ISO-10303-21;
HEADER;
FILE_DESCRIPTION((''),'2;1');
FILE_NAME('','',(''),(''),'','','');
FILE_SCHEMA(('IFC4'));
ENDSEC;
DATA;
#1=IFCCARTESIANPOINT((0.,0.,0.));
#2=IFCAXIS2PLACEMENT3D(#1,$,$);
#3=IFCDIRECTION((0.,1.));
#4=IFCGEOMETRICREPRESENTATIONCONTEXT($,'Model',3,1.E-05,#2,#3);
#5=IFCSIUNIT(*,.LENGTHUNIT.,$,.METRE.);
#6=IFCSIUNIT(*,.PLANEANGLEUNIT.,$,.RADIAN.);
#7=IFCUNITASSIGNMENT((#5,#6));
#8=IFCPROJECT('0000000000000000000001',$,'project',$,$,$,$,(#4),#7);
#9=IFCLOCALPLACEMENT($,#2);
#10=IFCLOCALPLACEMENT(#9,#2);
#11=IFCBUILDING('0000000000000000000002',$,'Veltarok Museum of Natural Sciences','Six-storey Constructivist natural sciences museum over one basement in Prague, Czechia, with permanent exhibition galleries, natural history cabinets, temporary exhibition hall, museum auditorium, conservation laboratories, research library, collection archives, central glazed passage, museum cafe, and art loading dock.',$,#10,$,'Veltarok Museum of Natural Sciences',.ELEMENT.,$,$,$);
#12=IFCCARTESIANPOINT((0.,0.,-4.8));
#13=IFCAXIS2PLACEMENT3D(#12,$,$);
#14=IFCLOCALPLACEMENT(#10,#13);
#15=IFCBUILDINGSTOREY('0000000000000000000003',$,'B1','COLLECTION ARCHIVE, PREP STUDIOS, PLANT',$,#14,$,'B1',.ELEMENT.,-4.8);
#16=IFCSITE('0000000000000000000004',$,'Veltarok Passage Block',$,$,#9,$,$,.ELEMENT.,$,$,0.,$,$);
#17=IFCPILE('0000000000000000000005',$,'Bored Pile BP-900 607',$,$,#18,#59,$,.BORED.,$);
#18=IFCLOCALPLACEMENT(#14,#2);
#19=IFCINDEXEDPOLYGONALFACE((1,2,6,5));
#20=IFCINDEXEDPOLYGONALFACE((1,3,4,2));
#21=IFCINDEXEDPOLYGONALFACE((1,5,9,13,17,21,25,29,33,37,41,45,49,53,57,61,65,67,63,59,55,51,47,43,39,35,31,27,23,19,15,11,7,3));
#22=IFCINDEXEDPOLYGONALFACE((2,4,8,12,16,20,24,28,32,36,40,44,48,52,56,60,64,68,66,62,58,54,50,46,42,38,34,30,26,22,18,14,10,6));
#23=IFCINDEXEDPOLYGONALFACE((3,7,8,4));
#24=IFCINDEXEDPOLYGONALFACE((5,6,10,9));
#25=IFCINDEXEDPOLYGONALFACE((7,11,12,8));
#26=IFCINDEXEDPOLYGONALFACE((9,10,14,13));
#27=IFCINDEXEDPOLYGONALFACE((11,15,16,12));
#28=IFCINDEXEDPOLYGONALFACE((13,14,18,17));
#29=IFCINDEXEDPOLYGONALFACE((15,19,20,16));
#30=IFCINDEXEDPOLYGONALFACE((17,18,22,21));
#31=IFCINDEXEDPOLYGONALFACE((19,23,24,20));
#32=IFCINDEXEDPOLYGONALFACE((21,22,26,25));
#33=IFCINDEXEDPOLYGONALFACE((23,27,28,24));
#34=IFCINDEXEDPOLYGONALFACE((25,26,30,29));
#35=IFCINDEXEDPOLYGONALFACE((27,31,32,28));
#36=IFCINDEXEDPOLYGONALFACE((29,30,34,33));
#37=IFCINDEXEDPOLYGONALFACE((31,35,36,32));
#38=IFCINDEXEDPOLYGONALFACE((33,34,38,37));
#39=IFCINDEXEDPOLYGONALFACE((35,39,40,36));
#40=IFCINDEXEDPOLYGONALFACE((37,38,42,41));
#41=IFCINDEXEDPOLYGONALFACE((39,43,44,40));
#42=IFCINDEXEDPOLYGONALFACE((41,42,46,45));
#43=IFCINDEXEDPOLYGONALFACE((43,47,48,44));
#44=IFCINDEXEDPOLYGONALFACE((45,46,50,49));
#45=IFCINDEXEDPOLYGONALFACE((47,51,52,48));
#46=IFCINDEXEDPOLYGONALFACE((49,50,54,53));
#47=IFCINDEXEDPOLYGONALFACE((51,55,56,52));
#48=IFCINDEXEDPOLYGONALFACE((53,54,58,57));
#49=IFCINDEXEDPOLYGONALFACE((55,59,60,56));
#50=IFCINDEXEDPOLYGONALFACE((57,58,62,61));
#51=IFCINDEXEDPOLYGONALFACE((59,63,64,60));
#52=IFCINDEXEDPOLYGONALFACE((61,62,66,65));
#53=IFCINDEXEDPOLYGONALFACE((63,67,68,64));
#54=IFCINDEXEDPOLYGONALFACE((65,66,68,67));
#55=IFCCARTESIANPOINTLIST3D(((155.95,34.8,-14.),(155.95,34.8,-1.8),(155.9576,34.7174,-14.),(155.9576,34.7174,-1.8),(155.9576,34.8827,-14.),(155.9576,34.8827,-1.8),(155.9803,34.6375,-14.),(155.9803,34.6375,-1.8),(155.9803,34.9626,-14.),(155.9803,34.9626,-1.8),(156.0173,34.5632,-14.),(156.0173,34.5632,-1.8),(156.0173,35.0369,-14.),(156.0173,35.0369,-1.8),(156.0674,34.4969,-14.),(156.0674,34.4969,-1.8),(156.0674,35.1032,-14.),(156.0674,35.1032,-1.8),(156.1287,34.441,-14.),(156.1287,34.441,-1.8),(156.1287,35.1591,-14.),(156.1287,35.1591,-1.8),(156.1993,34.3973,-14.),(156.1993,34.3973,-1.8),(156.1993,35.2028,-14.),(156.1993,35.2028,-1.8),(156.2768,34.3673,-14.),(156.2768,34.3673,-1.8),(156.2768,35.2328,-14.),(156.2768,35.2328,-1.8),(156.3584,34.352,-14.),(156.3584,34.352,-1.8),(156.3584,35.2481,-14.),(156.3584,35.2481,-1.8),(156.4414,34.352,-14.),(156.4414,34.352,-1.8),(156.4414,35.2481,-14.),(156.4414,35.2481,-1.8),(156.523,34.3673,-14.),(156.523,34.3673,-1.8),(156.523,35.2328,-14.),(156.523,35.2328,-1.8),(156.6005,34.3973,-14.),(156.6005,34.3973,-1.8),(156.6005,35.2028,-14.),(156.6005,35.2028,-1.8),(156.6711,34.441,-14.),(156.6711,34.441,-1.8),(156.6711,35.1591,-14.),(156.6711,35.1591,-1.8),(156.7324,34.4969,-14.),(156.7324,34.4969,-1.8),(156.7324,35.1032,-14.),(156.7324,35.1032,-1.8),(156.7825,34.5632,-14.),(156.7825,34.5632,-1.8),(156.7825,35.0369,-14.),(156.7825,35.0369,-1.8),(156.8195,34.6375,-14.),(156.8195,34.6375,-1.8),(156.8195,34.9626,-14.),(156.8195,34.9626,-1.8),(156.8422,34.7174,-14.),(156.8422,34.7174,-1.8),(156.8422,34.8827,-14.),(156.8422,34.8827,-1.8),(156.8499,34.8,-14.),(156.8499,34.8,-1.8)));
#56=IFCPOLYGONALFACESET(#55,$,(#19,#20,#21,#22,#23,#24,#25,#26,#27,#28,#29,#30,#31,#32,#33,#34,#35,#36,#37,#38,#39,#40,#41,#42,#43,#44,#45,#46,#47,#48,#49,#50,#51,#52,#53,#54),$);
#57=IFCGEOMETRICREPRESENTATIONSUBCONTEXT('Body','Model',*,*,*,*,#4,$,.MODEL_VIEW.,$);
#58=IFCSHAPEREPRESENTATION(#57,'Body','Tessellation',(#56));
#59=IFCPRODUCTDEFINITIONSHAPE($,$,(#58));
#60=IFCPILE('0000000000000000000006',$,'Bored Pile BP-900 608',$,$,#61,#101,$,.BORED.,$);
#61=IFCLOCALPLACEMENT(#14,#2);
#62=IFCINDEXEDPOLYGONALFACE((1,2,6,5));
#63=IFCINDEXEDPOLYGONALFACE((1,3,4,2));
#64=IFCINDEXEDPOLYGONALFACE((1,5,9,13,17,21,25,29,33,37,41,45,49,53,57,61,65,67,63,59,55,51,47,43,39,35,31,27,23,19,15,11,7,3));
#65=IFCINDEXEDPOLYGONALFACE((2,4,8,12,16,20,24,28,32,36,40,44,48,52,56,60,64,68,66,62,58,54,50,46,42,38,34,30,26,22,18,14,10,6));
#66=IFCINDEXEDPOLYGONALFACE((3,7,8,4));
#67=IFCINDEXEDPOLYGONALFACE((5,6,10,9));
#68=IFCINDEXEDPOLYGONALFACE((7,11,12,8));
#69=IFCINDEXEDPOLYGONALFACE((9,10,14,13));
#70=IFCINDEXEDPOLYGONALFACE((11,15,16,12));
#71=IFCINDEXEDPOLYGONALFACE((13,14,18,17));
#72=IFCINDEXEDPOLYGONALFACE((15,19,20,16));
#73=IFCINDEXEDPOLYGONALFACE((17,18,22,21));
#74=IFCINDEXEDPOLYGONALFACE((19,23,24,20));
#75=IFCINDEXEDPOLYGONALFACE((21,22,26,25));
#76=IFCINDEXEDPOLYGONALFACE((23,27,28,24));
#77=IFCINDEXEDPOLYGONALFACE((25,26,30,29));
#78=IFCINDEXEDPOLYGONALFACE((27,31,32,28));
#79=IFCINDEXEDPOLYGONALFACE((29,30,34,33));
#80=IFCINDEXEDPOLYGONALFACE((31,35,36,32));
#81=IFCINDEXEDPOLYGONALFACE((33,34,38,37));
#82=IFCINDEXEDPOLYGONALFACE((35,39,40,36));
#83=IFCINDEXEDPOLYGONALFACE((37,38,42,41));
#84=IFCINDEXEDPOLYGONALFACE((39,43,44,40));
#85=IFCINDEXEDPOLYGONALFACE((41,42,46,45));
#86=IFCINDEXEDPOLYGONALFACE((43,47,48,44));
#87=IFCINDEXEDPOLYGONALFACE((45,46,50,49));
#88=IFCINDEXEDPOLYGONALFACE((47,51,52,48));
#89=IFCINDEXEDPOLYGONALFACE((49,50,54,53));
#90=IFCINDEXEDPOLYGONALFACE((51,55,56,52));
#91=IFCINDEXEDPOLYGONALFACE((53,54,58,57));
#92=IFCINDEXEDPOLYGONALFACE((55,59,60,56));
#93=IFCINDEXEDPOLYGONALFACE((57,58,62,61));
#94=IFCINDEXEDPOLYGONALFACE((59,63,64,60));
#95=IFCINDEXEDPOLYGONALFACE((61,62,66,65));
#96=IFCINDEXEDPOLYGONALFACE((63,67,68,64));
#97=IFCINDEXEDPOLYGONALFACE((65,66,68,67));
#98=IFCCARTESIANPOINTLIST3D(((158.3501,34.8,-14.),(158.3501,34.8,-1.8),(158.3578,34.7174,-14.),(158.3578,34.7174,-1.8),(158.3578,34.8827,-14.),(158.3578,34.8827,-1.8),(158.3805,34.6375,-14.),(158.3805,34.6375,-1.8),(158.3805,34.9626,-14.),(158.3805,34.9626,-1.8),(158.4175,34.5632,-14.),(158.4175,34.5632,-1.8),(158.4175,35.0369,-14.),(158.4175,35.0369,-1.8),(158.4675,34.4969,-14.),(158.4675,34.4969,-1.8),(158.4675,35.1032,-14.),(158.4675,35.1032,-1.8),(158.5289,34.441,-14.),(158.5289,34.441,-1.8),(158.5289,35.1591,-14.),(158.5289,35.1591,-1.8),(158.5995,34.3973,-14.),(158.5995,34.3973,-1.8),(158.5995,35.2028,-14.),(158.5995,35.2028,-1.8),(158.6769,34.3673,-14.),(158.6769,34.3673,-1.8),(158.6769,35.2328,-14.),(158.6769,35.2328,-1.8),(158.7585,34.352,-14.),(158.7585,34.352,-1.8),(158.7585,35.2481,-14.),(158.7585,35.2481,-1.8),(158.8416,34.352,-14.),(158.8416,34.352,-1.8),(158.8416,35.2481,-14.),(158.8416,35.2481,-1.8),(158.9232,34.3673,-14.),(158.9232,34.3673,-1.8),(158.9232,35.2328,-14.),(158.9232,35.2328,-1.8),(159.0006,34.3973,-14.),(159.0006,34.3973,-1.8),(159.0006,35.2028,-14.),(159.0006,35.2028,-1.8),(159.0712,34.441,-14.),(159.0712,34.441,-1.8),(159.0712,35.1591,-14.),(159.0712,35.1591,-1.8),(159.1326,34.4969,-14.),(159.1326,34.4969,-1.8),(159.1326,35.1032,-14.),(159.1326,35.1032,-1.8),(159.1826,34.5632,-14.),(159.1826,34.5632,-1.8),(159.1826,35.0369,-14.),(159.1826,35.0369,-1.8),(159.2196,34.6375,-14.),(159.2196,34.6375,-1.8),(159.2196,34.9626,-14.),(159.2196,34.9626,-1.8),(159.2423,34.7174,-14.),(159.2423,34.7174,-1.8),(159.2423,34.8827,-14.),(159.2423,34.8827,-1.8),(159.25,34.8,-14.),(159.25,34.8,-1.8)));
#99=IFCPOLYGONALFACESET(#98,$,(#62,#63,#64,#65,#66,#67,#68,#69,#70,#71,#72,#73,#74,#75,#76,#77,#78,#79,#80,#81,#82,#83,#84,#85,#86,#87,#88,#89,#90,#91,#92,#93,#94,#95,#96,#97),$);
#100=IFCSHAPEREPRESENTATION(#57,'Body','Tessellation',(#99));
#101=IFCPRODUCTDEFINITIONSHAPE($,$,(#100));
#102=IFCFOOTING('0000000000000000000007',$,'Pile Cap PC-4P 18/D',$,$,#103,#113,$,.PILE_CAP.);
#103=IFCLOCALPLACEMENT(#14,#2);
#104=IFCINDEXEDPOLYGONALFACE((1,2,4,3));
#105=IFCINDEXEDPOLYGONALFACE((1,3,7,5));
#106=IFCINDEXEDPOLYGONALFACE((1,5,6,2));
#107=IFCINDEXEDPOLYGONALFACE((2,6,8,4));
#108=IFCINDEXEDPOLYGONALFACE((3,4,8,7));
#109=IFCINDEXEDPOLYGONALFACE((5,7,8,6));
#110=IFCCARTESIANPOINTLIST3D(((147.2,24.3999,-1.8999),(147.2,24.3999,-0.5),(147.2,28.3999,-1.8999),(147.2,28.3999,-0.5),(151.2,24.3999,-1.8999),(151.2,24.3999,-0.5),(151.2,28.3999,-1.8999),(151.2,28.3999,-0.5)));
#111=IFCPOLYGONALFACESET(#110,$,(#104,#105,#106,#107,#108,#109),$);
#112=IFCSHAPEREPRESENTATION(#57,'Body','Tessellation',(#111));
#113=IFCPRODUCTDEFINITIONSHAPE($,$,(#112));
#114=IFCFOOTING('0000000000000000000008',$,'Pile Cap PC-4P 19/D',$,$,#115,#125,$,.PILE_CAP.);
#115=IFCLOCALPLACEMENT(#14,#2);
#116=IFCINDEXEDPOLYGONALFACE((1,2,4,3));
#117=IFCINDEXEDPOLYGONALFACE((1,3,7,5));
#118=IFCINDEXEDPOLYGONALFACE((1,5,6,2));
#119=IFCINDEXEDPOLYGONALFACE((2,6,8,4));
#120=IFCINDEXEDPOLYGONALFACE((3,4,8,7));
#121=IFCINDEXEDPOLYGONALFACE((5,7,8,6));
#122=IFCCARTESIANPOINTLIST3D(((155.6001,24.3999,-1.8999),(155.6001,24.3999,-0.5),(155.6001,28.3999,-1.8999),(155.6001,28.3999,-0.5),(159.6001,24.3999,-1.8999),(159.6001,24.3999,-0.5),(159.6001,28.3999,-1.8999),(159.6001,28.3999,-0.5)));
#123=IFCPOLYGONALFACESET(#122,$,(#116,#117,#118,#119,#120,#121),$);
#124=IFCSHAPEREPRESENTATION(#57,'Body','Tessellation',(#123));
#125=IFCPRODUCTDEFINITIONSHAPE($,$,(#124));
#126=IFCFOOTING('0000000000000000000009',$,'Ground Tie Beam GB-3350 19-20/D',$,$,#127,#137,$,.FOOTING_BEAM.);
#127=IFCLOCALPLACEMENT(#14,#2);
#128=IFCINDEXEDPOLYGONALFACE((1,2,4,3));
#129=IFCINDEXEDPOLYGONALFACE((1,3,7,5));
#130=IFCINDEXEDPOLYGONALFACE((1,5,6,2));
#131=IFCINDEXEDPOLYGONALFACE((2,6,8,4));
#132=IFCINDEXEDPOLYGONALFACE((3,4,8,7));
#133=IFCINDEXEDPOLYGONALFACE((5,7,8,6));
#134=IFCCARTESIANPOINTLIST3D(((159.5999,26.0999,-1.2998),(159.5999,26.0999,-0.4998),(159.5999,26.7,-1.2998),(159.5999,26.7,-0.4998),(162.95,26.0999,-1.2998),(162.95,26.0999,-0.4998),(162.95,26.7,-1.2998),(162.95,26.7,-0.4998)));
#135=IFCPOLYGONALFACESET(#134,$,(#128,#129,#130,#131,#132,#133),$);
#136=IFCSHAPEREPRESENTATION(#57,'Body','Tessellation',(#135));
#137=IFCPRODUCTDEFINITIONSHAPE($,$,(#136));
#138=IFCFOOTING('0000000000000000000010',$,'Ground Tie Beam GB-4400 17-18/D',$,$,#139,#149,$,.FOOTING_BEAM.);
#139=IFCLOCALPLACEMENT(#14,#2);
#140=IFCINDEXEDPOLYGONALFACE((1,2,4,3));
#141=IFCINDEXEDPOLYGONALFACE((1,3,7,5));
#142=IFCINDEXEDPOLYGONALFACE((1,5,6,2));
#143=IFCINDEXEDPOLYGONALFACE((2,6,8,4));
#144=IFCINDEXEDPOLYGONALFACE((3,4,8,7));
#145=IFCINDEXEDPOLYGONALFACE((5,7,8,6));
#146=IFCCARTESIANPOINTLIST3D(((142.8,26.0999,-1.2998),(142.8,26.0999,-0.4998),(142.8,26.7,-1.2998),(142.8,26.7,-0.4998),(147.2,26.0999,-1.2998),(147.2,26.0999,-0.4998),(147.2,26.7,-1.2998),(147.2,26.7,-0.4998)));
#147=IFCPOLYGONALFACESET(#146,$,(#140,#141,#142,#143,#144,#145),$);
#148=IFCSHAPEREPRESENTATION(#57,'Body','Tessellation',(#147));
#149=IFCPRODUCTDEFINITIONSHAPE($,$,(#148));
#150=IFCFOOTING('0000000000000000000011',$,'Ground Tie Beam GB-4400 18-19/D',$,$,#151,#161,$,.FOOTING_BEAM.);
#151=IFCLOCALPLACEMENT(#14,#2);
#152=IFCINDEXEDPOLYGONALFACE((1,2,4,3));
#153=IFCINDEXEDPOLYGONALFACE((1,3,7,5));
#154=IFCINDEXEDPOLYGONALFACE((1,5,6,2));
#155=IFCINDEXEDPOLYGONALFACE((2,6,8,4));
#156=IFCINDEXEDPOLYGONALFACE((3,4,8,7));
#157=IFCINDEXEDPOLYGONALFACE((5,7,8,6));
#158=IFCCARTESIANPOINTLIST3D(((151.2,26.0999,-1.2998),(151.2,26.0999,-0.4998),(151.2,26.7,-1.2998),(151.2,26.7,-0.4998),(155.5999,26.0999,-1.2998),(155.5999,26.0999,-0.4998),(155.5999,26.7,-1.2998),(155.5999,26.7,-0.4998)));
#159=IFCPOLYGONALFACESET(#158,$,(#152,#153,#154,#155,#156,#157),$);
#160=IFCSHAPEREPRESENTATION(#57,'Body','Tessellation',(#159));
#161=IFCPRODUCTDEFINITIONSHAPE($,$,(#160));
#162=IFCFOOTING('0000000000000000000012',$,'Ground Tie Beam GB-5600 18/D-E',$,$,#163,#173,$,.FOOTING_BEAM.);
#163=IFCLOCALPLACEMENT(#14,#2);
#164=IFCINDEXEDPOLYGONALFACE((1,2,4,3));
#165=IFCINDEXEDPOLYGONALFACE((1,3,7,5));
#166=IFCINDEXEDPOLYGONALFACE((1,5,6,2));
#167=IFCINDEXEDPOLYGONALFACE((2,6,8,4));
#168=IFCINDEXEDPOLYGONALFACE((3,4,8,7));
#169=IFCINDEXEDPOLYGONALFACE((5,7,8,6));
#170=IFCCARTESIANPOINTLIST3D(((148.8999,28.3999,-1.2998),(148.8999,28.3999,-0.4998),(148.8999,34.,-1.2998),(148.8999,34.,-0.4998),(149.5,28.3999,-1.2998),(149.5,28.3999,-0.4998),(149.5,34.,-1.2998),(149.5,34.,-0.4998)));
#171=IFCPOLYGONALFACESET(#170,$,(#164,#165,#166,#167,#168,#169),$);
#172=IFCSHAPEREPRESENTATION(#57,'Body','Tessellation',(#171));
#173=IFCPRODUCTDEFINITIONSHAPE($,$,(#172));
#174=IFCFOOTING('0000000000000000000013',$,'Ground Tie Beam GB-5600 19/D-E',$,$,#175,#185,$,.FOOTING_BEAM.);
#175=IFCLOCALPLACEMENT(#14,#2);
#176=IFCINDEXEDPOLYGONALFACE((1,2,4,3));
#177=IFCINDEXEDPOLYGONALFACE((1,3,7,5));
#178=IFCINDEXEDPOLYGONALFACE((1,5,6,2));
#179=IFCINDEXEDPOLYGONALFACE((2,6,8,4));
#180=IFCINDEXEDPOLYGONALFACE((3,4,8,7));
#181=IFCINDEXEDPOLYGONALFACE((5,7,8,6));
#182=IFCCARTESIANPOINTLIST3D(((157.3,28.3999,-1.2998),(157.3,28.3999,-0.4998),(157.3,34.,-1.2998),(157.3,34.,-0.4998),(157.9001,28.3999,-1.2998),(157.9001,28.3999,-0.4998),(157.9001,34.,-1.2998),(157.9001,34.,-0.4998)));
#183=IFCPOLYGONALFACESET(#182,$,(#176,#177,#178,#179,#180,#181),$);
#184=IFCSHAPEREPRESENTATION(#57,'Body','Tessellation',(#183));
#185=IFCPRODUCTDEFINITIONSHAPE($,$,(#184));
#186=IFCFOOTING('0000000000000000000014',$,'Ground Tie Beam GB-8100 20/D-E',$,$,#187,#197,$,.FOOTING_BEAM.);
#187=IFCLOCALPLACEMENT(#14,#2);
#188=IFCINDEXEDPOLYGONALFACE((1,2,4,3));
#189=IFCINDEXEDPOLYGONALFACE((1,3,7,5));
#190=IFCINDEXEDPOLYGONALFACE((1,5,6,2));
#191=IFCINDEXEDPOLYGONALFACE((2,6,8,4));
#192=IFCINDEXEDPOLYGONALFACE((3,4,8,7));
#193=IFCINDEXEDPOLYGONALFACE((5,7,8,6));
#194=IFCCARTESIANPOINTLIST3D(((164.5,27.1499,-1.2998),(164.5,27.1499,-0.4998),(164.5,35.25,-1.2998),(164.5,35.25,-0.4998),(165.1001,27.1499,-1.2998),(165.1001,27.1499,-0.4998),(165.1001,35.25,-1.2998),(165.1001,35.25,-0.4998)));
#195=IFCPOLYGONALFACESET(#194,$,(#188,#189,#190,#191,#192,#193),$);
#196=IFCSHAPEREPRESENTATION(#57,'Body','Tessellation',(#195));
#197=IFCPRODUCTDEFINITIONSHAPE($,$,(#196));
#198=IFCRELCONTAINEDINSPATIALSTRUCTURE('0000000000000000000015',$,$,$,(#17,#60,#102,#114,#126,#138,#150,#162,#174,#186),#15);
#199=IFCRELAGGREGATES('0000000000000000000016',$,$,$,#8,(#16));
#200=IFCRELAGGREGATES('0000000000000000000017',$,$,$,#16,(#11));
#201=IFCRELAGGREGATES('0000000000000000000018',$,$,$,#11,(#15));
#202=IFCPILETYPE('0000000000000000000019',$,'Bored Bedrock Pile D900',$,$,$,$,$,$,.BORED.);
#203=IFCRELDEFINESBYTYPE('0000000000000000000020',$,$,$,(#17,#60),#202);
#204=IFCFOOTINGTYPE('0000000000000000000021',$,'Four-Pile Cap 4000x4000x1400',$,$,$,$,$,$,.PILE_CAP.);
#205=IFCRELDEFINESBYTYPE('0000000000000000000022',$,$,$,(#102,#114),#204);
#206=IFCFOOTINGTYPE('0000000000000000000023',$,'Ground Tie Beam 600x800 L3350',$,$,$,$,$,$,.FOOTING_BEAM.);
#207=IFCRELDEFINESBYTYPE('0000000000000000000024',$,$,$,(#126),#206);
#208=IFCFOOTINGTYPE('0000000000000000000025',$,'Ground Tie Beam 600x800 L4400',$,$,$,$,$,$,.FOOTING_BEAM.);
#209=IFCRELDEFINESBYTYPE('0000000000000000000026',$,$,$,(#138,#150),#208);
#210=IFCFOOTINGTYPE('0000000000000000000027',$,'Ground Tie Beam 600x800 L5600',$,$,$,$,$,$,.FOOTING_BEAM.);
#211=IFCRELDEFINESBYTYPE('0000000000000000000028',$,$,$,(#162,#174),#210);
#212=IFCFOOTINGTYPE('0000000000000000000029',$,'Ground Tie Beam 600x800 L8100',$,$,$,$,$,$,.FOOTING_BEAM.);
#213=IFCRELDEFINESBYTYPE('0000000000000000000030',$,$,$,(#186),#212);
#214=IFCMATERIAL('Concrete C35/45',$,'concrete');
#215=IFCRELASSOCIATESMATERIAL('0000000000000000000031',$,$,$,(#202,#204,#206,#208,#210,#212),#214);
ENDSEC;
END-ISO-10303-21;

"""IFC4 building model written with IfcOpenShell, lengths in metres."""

from ifc_helpers import new_model, si_unit, direction, frame, origin, origin_2d, place, context, subcontext, project, spatial, rectangle, circle, extrude, material, material_profile, profile_set, type_object, element, save


model = new_model("IFC4")

# Units and contexts
model_context = context("Model", 3, precision=1e-05, world=origin(), true_north=direction((0.0, 1.0)))
body_context = subcontext(model_context, "Body", "Model", "MODEL_VIEW")
ifc_project = project(units=[si_unit("LENGTHUNIT", "METRE"), si_unit("PLANEANGLEUNIT", "RADIAN")], contexts=[model_context])

# Site, building, storey
site_placement = place(None, origin())
site = spatial("IfcSite", under=ifc_project, at=site_placement, Name="Veltarok Passage Block", CompositionType="ELEMENT", RefElevation=0.0)
building_placement = place(site_placement, origin())
building = spatial("IfcBuilding", under=site, at=building_placement, Name="Veltarok Museum of Natural Sciences", Description="Six-storey Constructivist natural sciences museum over one basement in Prague, Czechia, with permanent exhibition galleries, natural history cabinets, temporary exhibition hall, museum auditorium, conservation laboratories, research library, collection archives, central glazed passage, museum cafe, and art loading dock.", LongName="Veltarok Museum of Natural Sciences", CompositionType="ELEMENT")
storey_placement = place(building_placement, frame((0.0, 0.0, -4.8)))
storey = spatial("IfcBuildingStorey", under=building, at=storey_placement, Name="B1", Description="COLLECTION ARCHIVE, PREP STUDIOS, PLANT", LongName="B1", CompositionType="ELEMENT", Elevation=-4.8)

# Piles
ifc_material_1 = material(Name="Concrete C35/45", Category="concrete")
ifc_material_profile_1 = material_profile(ifc_material_1, circle(Radius=0.45, at=origin_2d()), Name="BP D900")
ifc_profile_set_1 = profile_set([ifc_material_profile_1], Name="Concrete C35/45")
pile_type_1 = type_object("IfcPileType", Name="Bored Bedrock Pile D900", PredefinedType="BORED", material=ifc_profile_set_1)
for number, where, z_axis, x_axis, name in (
    (1, (156.3999, 34.8, -1.8), (0.0, 0.0, -1.0), (1.0, 0.0, 0.0), "Bored Pile BP-900 607"),
    (2, (158.8, 34.8, -1.8), (0.0, 0.0, -1.0), (1.0, 0.0, 0.0), "Bored Pile BP-900 608"),
):
    element("IfcPile", number, at=place(storey_placement, frame(where, z_axis=z_axis, x_axis=x_axis)), inside=storey, type_object=pile_type_1, Name=name, PredefinedType="BORED", context=body_context, shape_type="SweptSolid", body=[
        extrude(circle(Radius=0.45, at=origin_2d()), origin(), (0.0, 0.0, 1.0), 12.2),
    ])

# Footings
footing_type_1 = type_object("IfcFootingType", Name="Four-Pile Cap 4000x4000x1400", PredefinedType="PILE_CAP", material=ifc_material_1)
for number, where, z_axis, x_axis, name in (
    (3, (149.2, 26.3999, -1.8999), (0.0, 0.0, 1.0), (1.0, 0.0, 0.0), "Pile Cap PC-4P 18/D"),
    (4, (157.6001, 26.3999, -1.8999), (0.0, 0.0, 1.0), (1.0, 0.0, 0.0), "Pile Cap PC-4P 19/D"),
):
    element("IfcFooting", number, at=place(storey_placement, frame(where, z_axis=z_axis, x_axis=x_axis)), inside=storey, type_object=footing_type_1, Name=name, PredefinedType="PILE_CAP", context=body_context, shape_type="SweptSolid", body=[
        extrude(rectangle(XDim=4.0, YDim=4.0, at=origin_2d()), origin(), (0.0, 0.0, 1.0), 1.3999),
    ])
footing_type_2 = type_object("IfcFootingType", Name="Ground Tie Beam 600x800 L3350", PredefinedType="FOOTING_BEAM", material=ifc_material_1)
footing_1_placement = place(storey_placement, frame((161.2749, 26.3999, -1.2998), z_axis=(0.0, 0.0, 1.0), x_axis=(1.0, 0.0, 0.0)))
element("IfcFooting", 5, at=footing_1_placement, inside=storey, type_object=footing_type_2, Name="Ground Tie Beam GB-3350 19-20/D", PredefinedType="FOOTING_BEAM", context=body_context, shape_type="SweptSolid", body=[
    extrude(rectangle(XDim=3.3501, YDim=0.6001, at=origin_2d()), origin(), (0.0, 0.0, 1.0), 0.8),
])
footing_type_3 = type_object("IfcFootingType", Name="Ground Tie Beam 600x800 L4400", PredefinedType="FOOTING_BEAM", material=ifc_material_1)
for number, where, z_axis, x_axis, name in (
    (6, (145.0, 26.3999, -1.2998), (0.0, 0.0, 1.0), (1.0, 0.0, 0.0), "Ground Tie Beam GB-4400 17-18/D"),
    (7, (153.3999, 26.3999, -1.2998), (0.0, 0.0, 1.0), (1.0, 0.0, 0.0), "Ground Tie Beam GB-4400 18-19/D"),
):
    element("IfcFooting", number, at=place(storey_placement, frame(where, z_axis=z_axis, x_axis=x_axis)), inside=storey, type_object=footing_type_3, Name=name, PredefinedType="FOOTING_BEAM", context=body_context, shape_type="SweptSolid", body=[
        extrude(rectangle(XDim=4.3999, YDim=0.6001, at=origin_2d()), origin(), (0.0, 0.0, 1.0), 0.8),
    ])
footing_type_4 = type_object("IfcFootingType", Name="Ground Tie Beam 600x800 L5600", PredefinedType="FOOTING_BEAM", material=ifc_material_1)
for number, where, z_axis, x_axis, name in (
    (8, (149.2, 31.2, -1.2998), (0.0, 0.0, 1.0), (0.0, 1.0, 0.0), "Ground Tie Beam GB-5600 18/D-E"),
    (9, (157.6001, 31.2, -1.2998), (0.0, 0.0, 1.0), (0.0, 1.0, 0.0), "Ground Tie Beam GB-5600 19/D-E"),
):
    element("IfcFooting", number, at=place(storey_placement, frame(where, z_axis=z_axis, x_axis=x_axis)), inside=storey, type_object=footing_type_4, Name=name, PredefinedType="FOOTING_BEAM", context=body_context, shape_type="SweptSolid", body=[
        extrude(rectangle(XDim=5.6001, YDim=0.6001, at=origin_2d()), origin(), (0.0, 0.0, 1.0), 0.8),
    ])
footing_type_5 = type_object("IfcFootingType", Name="Ground Tie Beam 600x800 L8100", PredefinedType="FOOTING_BEAM", material=ifc_material_1)
footing_2_placement = place(storey_placement, frame((164.8, 31.2, -1.2998), z_axis=(0.0, 0.0, 1.0), x_axis=(0.0, 1.0, 0.0)))
element("IfcFooting", 10, at=footing_2_placement, inside=storey, type_object=footing_type_5, Name="Ground Tie Beam GB-8100 20/D-E", PredefinedType="FOOTING_BEAM", context=body_context, shape_type="SweptSolid", body=[
    extrude(rectangle(XDim=8.1001, YDim=0.6001, at=origin_2d()), origin(), (0.0, 0.0, 1.0), 0.8),
])

save(model, "model.ifc")
